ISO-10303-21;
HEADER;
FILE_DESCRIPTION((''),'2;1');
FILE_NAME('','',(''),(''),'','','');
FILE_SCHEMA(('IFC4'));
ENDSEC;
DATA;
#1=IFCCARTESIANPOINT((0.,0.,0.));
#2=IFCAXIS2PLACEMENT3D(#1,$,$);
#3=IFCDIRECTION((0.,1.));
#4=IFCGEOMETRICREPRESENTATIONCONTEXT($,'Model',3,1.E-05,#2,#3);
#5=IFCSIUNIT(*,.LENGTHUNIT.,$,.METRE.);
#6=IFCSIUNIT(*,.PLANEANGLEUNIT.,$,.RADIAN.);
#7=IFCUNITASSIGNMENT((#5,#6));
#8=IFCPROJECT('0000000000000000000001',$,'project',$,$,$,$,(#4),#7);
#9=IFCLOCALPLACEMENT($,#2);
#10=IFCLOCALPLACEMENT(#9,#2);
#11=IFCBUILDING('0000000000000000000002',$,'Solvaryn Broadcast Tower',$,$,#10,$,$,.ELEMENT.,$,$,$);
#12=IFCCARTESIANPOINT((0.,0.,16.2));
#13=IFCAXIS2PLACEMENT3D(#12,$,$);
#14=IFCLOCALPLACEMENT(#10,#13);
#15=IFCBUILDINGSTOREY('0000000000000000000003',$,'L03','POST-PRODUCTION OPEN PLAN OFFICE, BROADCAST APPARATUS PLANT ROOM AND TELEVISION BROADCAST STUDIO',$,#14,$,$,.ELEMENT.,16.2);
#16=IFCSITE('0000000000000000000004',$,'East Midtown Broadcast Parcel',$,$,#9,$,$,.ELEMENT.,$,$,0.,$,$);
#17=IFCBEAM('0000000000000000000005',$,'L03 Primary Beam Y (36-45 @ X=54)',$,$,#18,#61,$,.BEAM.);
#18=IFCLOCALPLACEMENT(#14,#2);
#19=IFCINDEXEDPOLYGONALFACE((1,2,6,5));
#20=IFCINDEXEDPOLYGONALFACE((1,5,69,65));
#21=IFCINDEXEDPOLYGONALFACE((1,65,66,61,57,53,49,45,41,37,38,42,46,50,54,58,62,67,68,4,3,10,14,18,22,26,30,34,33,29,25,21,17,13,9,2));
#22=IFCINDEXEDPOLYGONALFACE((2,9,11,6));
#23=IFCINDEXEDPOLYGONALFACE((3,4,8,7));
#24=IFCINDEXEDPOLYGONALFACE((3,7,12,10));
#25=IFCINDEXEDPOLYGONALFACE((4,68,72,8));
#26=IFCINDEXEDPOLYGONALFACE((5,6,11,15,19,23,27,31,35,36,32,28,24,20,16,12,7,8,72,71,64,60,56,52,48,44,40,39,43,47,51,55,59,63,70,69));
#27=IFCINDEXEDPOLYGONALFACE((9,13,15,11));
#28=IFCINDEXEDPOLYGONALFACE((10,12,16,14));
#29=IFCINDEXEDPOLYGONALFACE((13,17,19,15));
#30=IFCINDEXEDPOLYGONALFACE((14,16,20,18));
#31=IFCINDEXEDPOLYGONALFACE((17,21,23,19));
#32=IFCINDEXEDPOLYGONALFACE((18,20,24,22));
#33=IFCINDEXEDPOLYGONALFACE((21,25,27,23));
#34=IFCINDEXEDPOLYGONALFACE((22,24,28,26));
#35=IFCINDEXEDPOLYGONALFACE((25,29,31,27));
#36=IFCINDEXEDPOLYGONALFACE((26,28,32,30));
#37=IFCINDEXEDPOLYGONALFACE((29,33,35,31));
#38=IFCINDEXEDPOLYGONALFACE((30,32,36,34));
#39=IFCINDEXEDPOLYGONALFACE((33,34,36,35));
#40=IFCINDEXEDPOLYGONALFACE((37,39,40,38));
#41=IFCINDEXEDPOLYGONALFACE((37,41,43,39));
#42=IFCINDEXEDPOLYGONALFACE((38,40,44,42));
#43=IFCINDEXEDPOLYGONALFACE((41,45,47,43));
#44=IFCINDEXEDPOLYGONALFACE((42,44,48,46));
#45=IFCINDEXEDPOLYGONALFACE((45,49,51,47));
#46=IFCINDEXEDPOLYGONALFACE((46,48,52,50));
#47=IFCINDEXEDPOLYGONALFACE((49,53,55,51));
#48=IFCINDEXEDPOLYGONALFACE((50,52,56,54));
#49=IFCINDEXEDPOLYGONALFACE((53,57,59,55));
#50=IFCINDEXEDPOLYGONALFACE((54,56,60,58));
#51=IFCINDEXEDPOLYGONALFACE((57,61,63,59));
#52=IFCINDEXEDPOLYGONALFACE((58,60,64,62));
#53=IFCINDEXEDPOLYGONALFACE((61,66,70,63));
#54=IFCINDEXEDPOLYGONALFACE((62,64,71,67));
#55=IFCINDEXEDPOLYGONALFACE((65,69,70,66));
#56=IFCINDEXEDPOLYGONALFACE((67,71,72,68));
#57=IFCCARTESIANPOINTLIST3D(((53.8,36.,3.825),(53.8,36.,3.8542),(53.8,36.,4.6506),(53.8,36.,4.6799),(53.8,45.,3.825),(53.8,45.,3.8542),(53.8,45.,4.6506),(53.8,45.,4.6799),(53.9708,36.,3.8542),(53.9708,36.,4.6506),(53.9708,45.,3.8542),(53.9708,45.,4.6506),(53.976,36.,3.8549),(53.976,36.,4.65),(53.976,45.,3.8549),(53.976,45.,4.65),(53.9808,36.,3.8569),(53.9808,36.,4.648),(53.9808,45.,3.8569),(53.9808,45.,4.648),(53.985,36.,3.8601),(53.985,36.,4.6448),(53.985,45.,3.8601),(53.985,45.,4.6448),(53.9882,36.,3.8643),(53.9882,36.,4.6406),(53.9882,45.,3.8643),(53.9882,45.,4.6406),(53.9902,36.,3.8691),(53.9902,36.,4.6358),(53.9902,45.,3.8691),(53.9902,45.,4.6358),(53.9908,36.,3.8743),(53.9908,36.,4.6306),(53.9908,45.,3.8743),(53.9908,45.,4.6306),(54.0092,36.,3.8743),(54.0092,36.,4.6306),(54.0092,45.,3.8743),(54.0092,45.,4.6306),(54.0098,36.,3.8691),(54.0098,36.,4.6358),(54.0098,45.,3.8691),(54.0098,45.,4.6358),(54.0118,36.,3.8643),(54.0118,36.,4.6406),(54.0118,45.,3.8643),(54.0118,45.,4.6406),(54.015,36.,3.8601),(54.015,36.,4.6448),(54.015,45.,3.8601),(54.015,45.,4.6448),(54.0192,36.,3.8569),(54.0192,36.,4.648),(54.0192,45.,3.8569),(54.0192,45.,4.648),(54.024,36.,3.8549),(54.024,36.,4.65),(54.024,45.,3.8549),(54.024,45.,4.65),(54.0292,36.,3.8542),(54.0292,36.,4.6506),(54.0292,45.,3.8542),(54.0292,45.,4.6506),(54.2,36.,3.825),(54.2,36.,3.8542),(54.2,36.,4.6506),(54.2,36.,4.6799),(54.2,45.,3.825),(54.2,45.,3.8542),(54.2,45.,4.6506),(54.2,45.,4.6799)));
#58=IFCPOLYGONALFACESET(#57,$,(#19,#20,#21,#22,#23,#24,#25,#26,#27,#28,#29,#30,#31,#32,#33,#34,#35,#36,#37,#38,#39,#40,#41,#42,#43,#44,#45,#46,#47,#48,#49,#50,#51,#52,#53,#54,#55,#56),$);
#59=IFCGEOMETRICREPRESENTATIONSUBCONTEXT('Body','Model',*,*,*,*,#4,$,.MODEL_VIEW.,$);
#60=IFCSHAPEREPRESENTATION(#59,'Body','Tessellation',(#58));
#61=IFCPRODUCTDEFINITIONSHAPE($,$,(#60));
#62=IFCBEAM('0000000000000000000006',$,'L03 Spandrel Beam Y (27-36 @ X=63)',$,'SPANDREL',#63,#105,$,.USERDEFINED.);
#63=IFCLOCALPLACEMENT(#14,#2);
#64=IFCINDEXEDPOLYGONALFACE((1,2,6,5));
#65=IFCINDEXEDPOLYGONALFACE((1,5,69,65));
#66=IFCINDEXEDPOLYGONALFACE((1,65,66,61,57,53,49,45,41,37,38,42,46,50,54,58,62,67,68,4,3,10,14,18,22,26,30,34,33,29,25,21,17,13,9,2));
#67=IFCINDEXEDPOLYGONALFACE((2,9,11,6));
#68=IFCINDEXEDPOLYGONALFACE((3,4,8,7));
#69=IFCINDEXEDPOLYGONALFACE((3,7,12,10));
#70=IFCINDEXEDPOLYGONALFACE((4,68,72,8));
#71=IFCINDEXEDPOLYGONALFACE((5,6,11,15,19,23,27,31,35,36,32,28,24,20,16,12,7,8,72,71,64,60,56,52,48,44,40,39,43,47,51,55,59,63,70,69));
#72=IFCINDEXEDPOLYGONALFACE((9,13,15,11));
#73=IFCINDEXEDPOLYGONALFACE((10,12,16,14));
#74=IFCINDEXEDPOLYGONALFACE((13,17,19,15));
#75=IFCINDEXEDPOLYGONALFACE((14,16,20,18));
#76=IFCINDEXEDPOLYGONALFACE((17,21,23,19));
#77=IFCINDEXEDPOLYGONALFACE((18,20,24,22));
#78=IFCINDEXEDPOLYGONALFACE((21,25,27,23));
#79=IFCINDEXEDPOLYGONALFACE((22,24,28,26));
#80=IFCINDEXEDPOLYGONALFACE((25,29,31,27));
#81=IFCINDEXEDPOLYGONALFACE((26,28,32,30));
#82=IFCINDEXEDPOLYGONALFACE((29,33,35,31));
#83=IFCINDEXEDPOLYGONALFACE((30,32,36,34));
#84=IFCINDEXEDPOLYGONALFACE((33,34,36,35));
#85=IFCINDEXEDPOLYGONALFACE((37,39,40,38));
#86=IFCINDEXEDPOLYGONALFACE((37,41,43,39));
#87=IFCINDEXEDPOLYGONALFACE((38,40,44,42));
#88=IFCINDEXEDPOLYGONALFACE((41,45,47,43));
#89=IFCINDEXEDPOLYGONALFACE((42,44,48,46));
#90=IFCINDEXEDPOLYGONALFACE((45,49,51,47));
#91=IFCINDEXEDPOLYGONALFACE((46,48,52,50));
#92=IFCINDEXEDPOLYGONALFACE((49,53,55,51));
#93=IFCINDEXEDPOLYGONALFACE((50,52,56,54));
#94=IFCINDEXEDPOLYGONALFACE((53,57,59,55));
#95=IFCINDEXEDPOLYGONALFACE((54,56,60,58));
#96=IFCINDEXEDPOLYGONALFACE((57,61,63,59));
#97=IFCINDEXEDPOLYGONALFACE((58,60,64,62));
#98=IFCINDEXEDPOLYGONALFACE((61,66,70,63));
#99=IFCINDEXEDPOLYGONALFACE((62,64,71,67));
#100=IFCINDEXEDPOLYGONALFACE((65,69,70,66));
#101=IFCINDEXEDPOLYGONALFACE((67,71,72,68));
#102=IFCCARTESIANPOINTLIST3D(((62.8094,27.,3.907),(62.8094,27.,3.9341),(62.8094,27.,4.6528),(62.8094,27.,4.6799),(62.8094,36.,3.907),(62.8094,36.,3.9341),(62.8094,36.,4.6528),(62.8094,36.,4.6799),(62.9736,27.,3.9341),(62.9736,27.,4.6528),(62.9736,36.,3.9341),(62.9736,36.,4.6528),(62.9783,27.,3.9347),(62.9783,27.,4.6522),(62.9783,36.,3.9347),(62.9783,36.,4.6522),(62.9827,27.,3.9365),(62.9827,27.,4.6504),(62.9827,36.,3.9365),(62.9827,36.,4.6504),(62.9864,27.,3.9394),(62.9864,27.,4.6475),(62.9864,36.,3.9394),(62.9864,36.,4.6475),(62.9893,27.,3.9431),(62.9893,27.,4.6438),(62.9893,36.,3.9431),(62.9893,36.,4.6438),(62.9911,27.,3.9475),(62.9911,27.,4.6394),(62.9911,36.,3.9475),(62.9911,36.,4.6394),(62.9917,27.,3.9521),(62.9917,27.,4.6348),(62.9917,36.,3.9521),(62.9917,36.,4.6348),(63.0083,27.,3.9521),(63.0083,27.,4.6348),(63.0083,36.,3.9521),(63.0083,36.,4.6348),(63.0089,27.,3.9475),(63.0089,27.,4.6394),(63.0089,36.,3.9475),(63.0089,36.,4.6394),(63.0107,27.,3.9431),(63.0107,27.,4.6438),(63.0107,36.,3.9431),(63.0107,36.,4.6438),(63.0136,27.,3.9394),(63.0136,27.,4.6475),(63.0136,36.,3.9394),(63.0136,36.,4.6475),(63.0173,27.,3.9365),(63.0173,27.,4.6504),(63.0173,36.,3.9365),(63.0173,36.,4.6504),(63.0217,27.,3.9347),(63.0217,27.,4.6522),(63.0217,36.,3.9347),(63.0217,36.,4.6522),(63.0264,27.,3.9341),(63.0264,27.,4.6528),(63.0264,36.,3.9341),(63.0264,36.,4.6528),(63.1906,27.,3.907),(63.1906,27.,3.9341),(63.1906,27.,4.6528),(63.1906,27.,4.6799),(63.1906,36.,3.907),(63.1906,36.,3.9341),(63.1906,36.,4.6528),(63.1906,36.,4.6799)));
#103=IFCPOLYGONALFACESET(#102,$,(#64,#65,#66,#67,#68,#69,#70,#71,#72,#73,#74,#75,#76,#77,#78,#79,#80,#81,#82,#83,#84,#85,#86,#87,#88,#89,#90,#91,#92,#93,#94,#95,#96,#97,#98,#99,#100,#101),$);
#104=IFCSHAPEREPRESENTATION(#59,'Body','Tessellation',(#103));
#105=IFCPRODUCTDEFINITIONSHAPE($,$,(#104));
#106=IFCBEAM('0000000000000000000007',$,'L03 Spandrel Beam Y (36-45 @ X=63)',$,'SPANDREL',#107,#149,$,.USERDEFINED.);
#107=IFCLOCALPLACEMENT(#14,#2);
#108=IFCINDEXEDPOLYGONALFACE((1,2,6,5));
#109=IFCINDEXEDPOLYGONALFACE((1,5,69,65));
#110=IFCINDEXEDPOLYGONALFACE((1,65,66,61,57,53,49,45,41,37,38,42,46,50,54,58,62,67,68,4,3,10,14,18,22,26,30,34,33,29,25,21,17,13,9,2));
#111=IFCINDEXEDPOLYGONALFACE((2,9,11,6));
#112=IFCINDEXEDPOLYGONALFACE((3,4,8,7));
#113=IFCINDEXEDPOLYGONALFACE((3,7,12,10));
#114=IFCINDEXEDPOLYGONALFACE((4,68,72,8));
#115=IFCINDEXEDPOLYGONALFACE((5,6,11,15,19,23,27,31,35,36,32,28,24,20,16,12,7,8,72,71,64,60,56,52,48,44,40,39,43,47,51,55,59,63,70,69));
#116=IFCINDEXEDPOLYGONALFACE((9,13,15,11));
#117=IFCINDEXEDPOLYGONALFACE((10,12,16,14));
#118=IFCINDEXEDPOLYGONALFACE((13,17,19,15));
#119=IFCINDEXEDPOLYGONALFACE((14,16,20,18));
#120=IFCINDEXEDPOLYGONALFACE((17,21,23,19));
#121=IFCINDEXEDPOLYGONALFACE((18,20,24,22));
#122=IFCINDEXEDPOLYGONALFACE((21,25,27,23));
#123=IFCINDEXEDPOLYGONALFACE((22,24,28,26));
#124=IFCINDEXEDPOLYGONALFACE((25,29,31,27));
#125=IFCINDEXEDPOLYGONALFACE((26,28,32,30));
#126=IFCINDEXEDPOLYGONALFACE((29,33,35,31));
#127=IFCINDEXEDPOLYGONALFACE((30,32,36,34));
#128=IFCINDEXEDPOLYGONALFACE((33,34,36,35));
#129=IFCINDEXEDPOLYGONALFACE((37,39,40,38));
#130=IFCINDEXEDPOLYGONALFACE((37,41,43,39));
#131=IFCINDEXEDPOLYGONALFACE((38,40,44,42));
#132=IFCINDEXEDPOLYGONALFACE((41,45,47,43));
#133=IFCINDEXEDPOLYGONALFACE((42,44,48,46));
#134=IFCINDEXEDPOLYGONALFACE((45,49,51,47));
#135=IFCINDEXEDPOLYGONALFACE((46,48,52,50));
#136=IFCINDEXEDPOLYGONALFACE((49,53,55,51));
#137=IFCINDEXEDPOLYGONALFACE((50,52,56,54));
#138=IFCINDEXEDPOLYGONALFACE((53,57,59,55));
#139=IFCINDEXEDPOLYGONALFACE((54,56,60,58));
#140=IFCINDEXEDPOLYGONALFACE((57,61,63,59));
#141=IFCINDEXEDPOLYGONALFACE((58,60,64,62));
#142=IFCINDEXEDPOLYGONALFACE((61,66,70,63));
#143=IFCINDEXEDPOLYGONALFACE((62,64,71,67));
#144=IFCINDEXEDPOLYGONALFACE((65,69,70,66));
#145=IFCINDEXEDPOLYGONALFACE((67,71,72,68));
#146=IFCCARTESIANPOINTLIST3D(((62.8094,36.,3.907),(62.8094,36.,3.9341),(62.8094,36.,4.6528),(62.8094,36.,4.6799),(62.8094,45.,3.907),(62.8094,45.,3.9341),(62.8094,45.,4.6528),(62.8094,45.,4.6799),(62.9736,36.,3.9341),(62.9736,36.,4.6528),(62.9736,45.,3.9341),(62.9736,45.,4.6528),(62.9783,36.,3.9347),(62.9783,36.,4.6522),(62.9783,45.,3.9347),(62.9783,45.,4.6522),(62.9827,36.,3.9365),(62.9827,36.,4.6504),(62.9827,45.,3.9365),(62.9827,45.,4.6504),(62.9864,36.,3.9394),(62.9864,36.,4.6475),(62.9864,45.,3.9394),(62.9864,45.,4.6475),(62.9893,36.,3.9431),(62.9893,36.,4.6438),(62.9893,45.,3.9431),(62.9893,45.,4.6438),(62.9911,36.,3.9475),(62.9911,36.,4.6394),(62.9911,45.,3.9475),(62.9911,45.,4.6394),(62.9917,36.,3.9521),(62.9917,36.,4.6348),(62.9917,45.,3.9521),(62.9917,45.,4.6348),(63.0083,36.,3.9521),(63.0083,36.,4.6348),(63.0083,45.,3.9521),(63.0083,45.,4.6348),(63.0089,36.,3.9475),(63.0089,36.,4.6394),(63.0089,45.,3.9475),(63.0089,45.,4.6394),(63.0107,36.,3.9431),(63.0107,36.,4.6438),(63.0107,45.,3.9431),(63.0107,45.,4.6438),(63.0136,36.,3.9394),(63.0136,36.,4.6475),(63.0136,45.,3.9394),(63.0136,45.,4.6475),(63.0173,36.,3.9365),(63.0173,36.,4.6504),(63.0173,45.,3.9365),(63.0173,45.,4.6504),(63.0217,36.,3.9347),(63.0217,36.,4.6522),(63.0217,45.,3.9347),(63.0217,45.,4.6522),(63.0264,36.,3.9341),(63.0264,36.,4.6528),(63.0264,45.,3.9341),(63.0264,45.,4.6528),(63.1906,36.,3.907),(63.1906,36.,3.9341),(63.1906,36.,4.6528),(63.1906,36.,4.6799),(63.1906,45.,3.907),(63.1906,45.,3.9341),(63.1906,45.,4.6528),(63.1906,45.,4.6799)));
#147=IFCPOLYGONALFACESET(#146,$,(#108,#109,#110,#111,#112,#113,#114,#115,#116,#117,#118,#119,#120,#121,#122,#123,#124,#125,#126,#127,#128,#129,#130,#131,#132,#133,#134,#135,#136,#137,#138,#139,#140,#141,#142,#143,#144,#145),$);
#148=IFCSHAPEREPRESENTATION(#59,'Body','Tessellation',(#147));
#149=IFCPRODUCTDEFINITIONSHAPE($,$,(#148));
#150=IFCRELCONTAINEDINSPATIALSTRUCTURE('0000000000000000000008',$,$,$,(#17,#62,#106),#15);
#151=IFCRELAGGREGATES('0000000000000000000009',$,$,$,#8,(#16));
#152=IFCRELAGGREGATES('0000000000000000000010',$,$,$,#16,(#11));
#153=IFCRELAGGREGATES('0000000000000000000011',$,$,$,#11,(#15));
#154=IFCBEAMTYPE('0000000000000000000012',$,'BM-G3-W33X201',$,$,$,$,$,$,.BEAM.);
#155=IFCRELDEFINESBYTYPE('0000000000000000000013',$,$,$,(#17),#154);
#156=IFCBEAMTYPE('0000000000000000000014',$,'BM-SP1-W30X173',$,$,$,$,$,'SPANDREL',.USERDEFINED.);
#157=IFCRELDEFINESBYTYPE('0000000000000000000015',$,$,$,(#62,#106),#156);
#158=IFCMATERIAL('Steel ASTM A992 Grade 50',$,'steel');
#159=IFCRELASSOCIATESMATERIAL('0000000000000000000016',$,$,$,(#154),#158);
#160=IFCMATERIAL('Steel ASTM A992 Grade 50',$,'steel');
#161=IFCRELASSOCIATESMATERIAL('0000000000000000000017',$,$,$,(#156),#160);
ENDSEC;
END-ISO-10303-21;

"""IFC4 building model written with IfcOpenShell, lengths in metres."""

from ifc_helpers import new_model, si_unit, direction, frame, origin, origin_2d, place, context, subcontext, project, spatial, i_section, extrude, material, material_profile, profile_set, type_object, element, save


model = new_model("IFC4")

# Units and contexts
model_context = context("Model", 3, precision=1e-05, world=origin(), true_north=direction((0.0, 1.0)))
body_context = subcontext(model_context, "Body", "Model", "MODEL_VIEW")
ifc_project = project(units=[si_unit("LENGTHUNIT", "METRE"), si_unit("PLANEANGLEUNIT", "RADIAN")], contexts=[model_context])

# Site, building, storey
site_placement = place(None, origin())
site = spatial("IfcSite", under=ifc_project, at=site_placement, Name="East Midtown Broadcast Parcel", CompositionType="ELEMENT", RefElevation=0.0)
building_placement = place(site_placement, origin())
building = spatial("IfcBuilding", under=site, at=building_placement, Name="Solvaryn Broadcast Tower", CompositionType="ELEMENT")
storey_placement = place(building_placement, frame((0.0, 0.0, 16.2)))
storey = spatial("IfcBuildingStorey", under=building, at=storey_placement, Name="L03", Description="POST-PRODUCTION OPEN PLAN OFFICE, BROADCAST APPARATUS PLANT ROOM AND TELEVISION BROADCAST STUDIO", CompositionType="ELEMENT", Elevation=16.2)

# Beams
ifc_material_1 = material(Name="Steel ASTM A992 Grade 50", Category="steel")
ifc_material_profile_1 = material_profile(ifc_material_1, i_section(OverallWidth=0.3999, OverallDepth=0.855, WebThickness=0.0183, FlangeThickness=0.0293, FilletRadius=0.02, at=origin_2d()))
ifc_profile_set_1 = profile_set([ifc_material_profile_1], Name="Steel ASTM A992 Grade 50")
beam_type_1 = type_object("IfcBeamType", Name="BM-G3-W33X201", PredefinedType="BEAM", material=ifc_profile_set_1)
beam_1_placement = place(storey_placement, frame((54.0, 36.0, 4.2524), z_axis=(0.0, 1.0, 0.0), x_axis=(-1.0, 0.0, 0.0)))
element("IfcBeam", 1, at=beam_1_placement, inside=storey, type_object=beam_type_1, Name="L03 Primary Beam Y (36-45 @ X=54)", PredefinedType="BEAM", context=body_context, shape_type="SweptSolid", body=[
    extrude(i_section(OverallWidth=0.3999, OverallDepth=0.855, WebThickness=0.0183, FlangeThickness=0.0293, FilletRadius=0.02, at=origin_2d()), origin(), (0.0, 0.0, 1.0), 9.0),
])
ifc_material_2 = material(Name="Steel ASTM A992 Grade 50", Category="steel")
ifc_material_profile_2 = material_profile(ifc_material_2, i_section(OverallWidth=0.3811, OverallDepth=0.7729, WebThickness=0.0166, FlangeThickness=0.0271, FilletRadius=0.0181, at=origin_2d()))
ifc_profile_set_2 = profile_set([ifc_material_profile_2], Name="Steel ASTM A992 Grade 50")
beam_type_2 = type_object("IfcBeamType", Name="BM-SP1-W30X173", ElementType="SPANDREL", PredefinedType="USERDEFINED", material=ifc_profile_set_2)
for number, where, z_axis, x_axis, name in (
    (2, (63.0, 27.0, 4.2935), (0.0, 1.0, 0.0), (-1.0, 0.0, 0.0), "L03 Spandrel Beam Y (27-36 @ X=63)"),
    (3, (63.0, 36.0, 4.2935), (0.0, 1.0, 0.0), (-1.0, 0.0, 0.0), "L03 Spandrel Beam Y (36-45 @ X=63)"),
):
    element("IfcBeam", number, at=place(storey_placement, frame(where, z_axis=z_axis, x_axis=x_axis)), inside=storey, type_object=beam_type_2, Name=name, ObjectType="SPANDREL", PredefinedType="USERDEFINED", context=body_context, shape_type="SweptSolid", body=[
        extrude(i_section(OverallWidth=0.3811, OverallDepth=0.7729, WebThickness=0.0166, FlangeThickness=0.0271, FilletRadius=0.0181, at=origin_2d()), origin(), (0.0, 0.0, 1.0), 9.0),
    ])

save(model, "model.ifc")
